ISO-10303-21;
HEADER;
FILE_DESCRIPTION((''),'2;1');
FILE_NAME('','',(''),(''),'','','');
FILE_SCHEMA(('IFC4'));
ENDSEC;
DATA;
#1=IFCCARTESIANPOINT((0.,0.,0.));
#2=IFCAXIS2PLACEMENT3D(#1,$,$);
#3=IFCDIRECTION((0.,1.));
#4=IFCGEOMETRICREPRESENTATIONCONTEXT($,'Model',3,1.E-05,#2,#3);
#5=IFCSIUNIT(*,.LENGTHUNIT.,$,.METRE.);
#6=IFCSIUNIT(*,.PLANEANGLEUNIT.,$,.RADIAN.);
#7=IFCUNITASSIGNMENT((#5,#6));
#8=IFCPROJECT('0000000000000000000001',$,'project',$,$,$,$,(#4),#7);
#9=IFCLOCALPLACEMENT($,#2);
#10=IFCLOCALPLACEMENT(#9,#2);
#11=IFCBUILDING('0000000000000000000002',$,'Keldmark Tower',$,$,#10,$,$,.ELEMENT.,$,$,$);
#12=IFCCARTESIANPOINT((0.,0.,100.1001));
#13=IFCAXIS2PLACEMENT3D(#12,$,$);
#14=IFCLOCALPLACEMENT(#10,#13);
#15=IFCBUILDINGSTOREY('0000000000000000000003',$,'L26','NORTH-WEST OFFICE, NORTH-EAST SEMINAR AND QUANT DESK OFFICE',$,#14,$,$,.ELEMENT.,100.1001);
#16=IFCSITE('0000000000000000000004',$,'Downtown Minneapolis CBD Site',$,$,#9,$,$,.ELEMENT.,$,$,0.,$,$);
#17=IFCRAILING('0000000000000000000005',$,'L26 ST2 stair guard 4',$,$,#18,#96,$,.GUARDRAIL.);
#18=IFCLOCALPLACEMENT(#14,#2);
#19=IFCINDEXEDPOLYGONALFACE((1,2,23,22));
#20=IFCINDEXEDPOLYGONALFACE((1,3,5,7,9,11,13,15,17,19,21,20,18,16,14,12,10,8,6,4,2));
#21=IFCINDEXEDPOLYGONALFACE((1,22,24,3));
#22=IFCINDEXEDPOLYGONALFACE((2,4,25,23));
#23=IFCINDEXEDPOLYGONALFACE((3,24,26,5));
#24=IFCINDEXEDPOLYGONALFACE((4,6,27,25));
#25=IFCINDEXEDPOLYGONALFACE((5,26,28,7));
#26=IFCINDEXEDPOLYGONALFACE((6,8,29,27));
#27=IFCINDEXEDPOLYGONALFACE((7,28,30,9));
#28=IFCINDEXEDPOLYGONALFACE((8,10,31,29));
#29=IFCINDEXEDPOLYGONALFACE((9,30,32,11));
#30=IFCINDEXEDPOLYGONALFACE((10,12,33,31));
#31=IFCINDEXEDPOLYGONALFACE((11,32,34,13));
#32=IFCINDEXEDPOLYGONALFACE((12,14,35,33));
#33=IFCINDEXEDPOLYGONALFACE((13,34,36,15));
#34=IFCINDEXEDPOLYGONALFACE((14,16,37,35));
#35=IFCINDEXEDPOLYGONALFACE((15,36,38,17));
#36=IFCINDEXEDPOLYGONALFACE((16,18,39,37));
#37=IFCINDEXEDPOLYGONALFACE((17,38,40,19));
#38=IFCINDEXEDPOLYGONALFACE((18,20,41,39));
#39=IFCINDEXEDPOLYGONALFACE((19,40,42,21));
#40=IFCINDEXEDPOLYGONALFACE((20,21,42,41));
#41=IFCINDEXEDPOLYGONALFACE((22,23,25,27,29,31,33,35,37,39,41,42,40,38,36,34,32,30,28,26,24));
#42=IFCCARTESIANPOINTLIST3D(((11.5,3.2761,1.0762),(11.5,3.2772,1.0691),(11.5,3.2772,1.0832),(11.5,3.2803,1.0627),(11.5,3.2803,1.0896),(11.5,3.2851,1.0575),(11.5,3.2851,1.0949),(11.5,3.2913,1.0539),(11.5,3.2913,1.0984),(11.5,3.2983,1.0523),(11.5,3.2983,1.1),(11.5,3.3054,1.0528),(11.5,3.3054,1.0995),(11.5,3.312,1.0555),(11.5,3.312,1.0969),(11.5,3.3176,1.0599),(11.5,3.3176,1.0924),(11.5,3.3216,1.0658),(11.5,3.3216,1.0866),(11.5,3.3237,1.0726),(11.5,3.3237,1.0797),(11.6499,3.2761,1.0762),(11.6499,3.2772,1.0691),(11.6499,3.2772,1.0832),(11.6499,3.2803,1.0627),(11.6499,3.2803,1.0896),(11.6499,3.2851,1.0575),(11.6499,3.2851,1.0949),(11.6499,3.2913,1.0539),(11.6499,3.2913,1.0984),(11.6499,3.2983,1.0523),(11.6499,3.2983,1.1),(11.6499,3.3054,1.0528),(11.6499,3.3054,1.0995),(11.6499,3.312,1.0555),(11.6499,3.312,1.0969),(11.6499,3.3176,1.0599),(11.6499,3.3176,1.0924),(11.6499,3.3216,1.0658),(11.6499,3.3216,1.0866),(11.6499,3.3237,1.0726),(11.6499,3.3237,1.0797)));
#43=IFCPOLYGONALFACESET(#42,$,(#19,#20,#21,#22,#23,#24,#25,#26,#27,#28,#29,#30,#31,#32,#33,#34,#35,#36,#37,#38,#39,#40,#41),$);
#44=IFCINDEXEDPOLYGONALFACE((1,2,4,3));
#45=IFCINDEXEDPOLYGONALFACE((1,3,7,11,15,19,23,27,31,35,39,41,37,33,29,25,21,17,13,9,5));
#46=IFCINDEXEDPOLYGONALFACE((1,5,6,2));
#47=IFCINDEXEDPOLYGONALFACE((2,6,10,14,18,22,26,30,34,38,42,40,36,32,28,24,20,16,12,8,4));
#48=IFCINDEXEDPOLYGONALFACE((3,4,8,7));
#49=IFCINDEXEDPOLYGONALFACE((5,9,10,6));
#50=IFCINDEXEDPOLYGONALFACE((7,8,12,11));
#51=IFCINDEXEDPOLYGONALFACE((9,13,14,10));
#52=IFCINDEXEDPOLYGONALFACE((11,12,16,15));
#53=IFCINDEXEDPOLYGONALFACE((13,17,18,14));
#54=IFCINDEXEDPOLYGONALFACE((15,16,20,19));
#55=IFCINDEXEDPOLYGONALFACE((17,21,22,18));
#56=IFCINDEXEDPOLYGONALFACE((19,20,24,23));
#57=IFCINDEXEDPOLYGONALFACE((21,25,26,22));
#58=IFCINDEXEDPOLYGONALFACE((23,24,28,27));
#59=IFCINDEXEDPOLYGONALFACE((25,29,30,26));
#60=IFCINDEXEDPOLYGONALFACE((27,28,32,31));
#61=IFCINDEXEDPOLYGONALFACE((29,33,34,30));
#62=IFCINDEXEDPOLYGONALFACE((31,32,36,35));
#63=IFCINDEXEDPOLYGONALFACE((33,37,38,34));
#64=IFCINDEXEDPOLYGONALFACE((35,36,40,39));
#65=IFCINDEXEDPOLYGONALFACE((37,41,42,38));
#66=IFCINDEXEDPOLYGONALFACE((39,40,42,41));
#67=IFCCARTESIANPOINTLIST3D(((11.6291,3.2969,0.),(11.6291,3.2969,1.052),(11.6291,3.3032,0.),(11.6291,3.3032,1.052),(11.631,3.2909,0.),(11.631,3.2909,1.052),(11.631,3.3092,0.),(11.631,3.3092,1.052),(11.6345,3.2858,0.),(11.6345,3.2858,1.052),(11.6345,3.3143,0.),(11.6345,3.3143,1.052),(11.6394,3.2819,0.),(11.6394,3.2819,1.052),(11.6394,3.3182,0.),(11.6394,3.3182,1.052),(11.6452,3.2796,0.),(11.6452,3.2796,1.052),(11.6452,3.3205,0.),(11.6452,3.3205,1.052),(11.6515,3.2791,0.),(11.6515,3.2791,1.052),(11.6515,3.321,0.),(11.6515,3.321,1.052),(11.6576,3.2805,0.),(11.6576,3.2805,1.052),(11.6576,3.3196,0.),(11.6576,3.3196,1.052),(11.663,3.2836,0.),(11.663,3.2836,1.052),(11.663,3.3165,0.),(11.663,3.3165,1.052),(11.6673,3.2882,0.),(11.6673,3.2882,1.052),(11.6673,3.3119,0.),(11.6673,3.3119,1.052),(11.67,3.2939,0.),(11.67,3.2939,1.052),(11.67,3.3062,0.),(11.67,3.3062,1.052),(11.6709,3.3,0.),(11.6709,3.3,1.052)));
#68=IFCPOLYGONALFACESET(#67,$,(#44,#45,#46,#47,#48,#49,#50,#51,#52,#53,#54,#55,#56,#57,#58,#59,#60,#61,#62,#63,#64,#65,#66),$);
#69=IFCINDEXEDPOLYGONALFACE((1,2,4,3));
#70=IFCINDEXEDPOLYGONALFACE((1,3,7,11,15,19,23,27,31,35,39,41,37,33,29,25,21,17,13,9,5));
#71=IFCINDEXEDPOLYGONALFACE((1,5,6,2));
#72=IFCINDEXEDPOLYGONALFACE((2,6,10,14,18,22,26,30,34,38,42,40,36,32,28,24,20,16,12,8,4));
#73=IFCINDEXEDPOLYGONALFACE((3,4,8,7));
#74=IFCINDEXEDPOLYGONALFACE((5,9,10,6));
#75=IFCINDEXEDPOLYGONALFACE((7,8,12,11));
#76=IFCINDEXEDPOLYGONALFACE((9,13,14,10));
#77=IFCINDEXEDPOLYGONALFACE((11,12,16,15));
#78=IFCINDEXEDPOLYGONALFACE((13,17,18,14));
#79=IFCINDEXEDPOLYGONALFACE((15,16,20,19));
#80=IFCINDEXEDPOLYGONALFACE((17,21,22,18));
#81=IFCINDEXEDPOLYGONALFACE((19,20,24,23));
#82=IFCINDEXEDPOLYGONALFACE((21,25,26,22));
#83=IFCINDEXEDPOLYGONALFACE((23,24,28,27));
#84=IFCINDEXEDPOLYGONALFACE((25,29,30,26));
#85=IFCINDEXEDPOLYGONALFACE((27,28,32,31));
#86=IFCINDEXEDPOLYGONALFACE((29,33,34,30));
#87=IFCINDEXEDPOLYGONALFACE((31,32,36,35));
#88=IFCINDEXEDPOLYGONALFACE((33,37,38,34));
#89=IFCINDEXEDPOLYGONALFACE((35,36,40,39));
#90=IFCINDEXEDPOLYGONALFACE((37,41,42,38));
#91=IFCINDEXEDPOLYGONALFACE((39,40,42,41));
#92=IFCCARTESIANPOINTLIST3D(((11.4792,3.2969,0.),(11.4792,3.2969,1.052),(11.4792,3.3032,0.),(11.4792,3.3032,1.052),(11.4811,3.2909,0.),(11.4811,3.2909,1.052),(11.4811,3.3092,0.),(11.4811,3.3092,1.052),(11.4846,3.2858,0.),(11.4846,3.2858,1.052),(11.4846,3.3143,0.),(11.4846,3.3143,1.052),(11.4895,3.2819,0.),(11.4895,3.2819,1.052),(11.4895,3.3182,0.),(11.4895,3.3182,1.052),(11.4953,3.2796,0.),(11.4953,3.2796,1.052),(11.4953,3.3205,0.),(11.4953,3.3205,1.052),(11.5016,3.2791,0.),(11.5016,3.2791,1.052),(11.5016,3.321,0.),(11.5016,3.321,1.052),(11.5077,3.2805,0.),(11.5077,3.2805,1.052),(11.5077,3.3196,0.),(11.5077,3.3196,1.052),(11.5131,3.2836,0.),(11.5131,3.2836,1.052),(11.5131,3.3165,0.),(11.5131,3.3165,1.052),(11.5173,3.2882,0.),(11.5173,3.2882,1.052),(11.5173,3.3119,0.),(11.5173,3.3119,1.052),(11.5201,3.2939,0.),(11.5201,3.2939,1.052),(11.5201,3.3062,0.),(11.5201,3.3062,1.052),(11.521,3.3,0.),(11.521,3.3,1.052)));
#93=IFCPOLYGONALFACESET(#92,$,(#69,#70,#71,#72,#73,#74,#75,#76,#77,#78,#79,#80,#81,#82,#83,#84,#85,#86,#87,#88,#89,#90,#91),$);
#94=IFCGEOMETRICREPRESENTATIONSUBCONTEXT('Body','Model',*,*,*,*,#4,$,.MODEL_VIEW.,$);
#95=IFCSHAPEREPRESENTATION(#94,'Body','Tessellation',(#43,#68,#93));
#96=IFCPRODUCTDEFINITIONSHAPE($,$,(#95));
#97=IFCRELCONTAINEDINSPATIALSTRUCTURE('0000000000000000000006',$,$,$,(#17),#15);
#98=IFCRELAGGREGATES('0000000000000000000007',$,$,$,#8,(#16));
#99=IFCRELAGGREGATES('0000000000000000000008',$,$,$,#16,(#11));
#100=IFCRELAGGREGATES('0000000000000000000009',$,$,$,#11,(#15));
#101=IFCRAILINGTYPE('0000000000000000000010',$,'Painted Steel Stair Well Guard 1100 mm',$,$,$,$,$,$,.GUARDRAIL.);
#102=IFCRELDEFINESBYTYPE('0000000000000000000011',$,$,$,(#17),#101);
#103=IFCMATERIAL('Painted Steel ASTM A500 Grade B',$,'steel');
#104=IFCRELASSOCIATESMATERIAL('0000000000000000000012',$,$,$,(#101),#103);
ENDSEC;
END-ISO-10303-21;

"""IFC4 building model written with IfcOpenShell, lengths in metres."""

from ifc_helpers import new_model, si_unit, direction, frame, origin, origin_2d, place, context, subcontext, project, spatial, circle, extrude, material, type_object, element, save


model = new_model("IFC4")

# Units and contexts
model_context = context("Model", 3, precision=1e-05, world=origin(), true_north=direction((0.0, 1.0)))
body_context = subcontext(model_context, "Body", "Model", "MODEL_VIEW")
ifc_project = project(units=[si_unit("LENGTHUNIT", "METRE"), si_unit("PLANEANGLEUNIT", "RADIAN")], contexts=[model_context])

# Site, building, storey
site_placement = place(None, origin())
site = spatial("IfcSite", under=ifc_project, at=site_placement, Name="Downtown Minneapolis CBD Site", CompositionType="ELEMENT", RefElevation=0.0)
building_placement = place(site_placement, origin())
building = spatial("IfcBuilding", under=site, at=building_placement, Name="Keldmark Tower", CompositionType="ELEMENT")
storey_placement = place(building_placement, frame((0.0, 0.0, 100.1001)))
storey = spatial("IfcBuildingStorey", under=building, at=storey_placement, Name="L26", Description="NORTH-WEST OFFICE, NORTH-EAST SEMINAR AND QUANT DESK OFFICE", CompositionType="ELEMENT", Elevation=100.1001)

# Railing
ifc_material_1 = material(Name="Painted Steel ASTM A500 Grade B", Category="steel")
railing_type_1 = type_object("IfcRailingType", Name="Painted Steel Stair Well Guard 1100 mm", PredefinedType="GUARDRAIL", material=ifc_material_1)
railing_1_placement = place(storey_placement, frame((11.6499, 3.3, 0.0)))
element("IfcRailing", 1, at=railing_1_placement, inside=storey, type_object=railing_type_1, Name="L26 ST2 stair guard 4", PredefinedType="GUARDRAIL", context=body_context, shape_type="SweptSolid", body=[
    extrude(circle(Radius=0.0239, at=origin_2d()), frame((0.0, 0.0, 1.0762), z_axis=(-1.0, 0.0, 0.0), x_axis=(0.0, -1.0, 0.0)), (0.0, 0.0, 1.0), 0.1499),
    extrude(circle(Radius=0.021, at=origin_2d()), origin(), (0.0, 0.0, 1.0), 1.052),
    extrude(circle(Radius=0.021, at=origin_2d()), frame((-0.1499, 0.0, 0.0)), (0.0, 0.0, 1.0), 1.052),
])

save(model, "model.ifc")
